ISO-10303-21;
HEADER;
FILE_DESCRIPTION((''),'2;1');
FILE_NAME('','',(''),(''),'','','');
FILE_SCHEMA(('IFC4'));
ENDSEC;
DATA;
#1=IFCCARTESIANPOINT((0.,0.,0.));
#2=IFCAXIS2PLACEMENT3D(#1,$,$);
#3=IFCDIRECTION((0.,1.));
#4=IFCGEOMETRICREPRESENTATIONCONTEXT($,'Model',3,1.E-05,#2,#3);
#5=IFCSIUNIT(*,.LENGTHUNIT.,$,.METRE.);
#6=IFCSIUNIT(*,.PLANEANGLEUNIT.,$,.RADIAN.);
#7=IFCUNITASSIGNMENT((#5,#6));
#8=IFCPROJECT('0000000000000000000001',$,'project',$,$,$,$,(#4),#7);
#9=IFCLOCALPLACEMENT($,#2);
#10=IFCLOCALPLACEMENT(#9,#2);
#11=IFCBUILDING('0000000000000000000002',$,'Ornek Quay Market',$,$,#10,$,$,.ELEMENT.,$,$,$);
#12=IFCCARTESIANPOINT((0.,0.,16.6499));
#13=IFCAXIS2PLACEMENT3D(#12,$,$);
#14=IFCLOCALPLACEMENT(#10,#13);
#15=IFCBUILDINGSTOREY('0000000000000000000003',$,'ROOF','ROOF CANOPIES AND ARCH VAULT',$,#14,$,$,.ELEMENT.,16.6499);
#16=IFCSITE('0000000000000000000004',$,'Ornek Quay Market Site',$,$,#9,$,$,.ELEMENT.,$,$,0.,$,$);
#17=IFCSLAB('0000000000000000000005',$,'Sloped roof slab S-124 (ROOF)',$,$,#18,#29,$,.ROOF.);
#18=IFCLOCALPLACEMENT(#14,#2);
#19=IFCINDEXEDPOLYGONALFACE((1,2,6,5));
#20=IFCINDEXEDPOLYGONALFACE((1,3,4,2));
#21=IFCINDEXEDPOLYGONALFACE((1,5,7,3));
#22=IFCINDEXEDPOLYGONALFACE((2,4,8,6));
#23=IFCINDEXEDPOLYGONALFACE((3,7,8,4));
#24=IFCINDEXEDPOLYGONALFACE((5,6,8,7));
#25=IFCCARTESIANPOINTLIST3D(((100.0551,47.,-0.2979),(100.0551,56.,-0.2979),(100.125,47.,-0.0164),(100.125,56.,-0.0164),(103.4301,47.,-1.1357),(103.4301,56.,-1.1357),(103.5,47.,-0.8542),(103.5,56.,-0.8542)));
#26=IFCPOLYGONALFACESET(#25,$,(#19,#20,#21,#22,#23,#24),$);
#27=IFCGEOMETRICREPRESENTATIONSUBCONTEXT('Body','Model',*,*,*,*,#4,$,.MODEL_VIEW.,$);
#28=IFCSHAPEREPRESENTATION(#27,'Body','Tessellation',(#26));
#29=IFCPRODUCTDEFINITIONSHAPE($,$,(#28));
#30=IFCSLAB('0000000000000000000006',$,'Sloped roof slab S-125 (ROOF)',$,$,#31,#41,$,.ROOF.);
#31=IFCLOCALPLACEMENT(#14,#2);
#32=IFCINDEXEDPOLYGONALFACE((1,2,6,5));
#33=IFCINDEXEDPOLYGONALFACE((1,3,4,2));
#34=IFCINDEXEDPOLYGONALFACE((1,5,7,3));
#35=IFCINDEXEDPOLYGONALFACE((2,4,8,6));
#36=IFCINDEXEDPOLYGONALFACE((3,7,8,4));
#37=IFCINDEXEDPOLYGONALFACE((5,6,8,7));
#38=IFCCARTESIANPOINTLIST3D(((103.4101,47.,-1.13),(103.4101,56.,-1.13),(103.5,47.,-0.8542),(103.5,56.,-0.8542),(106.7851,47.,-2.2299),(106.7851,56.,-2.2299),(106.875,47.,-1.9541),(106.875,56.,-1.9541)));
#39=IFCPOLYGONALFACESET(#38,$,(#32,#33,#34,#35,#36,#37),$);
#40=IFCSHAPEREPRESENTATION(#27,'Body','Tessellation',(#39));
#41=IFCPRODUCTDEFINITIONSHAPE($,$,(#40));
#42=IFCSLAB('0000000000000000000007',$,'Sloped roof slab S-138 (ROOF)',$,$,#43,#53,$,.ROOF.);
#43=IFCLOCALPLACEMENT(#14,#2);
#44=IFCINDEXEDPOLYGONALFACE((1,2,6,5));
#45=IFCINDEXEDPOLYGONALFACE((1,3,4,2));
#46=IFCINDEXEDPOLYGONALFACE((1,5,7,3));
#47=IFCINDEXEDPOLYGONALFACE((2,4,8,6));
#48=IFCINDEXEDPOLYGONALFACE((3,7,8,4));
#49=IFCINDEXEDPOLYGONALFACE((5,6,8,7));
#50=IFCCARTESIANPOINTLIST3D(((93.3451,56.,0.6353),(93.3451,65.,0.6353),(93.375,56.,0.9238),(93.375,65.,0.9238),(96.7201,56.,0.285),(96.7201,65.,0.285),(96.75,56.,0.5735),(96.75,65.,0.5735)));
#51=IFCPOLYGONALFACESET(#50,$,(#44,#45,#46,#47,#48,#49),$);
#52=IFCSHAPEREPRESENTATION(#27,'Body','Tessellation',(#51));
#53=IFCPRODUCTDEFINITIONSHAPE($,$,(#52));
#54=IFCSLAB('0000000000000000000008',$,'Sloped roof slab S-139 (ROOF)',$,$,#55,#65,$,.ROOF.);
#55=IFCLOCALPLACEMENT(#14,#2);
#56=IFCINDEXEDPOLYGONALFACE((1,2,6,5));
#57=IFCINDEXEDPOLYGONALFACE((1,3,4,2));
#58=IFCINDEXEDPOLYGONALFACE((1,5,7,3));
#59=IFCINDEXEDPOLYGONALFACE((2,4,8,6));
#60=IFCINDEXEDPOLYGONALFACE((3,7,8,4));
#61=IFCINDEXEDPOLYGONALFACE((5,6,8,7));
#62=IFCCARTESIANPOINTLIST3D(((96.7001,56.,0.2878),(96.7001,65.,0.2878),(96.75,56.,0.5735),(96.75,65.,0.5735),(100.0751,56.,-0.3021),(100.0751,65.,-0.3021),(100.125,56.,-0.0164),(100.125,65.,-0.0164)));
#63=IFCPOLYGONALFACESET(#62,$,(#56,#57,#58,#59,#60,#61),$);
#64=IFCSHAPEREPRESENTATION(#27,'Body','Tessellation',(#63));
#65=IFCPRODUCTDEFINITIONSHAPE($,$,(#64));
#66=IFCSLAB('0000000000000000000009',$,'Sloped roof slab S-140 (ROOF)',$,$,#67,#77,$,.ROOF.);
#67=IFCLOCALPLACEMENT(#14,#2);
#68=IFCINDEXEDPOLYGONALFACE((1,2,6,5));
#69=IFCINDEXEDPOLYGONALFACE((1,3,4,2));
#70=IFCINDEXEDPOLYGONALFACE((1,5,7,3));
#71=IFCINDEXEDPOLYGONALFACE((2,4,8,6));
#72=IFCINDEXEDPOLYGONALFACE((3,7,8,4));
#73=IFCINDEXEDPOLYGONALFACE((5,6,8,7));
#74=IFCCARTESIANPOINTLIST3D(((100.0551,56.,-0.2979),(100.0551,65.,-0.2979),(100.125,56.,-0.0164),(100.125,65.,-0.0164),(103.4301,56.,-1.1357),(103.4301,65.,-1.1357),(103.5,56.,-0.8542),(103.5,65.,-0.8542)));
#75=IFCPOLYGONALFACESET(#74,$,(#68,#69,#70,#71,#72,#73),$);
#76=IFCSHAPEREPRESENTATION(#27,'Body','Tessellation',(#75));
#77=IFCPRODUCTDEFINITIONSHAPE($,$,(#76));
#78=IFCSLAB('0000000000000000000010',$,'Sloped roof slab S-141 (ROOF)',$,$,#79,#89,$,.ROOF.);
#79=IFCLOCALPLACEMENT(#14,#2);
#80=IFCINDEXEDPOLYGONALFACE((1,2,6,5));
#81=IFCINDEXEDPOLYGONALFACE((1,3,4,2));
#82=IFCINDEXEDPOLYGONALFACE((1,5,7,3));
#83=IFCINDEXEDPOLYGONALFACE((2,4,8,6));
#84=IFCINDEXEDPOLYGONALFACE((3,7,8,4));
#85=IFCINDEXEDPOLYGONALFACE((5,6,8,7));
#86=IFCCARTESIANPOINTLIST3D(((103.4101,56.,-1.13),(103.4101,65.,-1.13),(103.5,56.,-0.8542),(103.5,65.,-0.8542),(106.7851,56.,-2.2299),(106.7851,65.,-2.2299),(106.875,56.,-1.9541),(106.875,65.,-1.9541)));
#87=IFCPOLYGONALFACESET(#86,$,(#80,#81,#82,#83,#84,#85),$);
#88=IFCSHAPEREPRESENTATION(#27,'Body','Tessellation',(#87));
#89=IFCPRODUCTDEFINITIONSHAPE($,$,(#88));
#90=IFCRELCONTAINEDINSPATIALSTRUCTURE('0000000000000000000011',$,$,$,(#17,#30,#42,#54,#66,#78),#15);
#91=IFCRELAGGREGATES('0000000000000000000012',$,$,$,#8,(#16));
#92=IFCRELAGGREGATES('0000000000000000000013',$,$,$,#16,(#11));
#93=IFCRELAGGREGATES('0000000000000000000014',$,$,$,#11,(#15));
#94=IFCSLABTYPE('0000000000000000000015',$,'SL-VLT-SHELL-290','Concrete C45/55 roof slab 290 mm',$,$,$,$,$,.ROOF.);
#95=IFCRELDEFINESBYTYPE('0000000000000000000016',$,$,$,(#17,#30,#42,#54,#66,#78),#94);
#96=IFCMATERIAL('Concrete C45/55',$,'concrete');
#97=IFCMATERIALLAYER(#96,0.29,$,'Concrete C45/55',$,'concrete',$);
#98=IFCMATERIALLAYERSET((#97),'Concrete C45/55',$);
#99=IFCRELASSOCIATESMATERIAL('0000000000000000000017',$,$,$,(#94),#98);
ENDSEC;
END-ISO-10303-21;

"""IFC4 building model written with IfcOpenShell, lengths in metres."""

from ifc_helpers import new_model, si_unit, direction, frame, origin, place, context, subcontext, project, spatial, polyline, outline, extrude, material, layer, layer_set, type_object, element, save


model = new_model("IFC4")

# Units and contexts
model_context = context("Model", 3, precision=1e-05, world=origin(), true_north=direction((0.0, 1.0)))
body_context = subcontext(model_context, "Body", "Model", "MODEL_VIEW")
ifc_project = project(units=[si_unit("LENGTHUNIT", "METRE"), si_unit("PLANEANGLEUNIT", "RADIAN")], contexts=[model_context])

# Site, building, storey
site_placement = place(None, origin())
site = spatial("IfcSite", under=ifc_project, at=site_placement, Name="Ornek Quay Market Site", CompositionType="ELEMENT", RefElevation=0.0)
building_placement = place(site_placement, origin())
building = spatial("IfcBuilding", under=site, at=building_placement, Name="Ornek Quay Market", CompositionType="ELEMENT")
storey_placement = place(building_placement, frame((0.0, 0.0, 16.6499)))
storey = spatial("IfcBuildingStorey", under=building, at=storey_placement, Name="ROOF", Description="ROOF CANOPIES AND ARCH VAULT", CompositionType="ELEMENT", Elevation=16.6499)

# Slabs
ifc_material_1 = material(Name="Concrete C45/55", Category="concrete")
ifc_layer = layer(ifc_material_1, 0.29, Name="Concrete C45/55", Category="concrete")
ifc_layer_set = layer_set([ifc_layer], Name="Concrete C45/55")
slab_type = type_object("IfcSlabType", Name="SL-VLT-SHELL-290", Description="Concrete C45/55 roof slab 290 mm", PredefinedType="ROOF", material=ifc_layer_set)
slab_1_placement = place(storey_placement, frame((100.125, 47.0, -0.0164), z_axis=(0.240949, 0.0, 0.970538), x_axis=(0.970538, 0.0, -0.240949)))
element("IfcSlab", 1, at=slab_1_placement, inside=storey, type_object=slab_type, Name="Sloped roof slab S-124 (ROOF)", PredefinedType="ROOF", context=body_context, shape_type="SweptSolid", body=[
    extrude(outline(polyline([(0.0, 0.0), (3.4775, 0.0), (3.4775, 9.0), (0.0, 9.0), (0.0, 0.0)])), origin(), (0.0, 0.0, -1.0), 0.29),
])
slab_2_placement = place(storey_placement, frame((103.5, 47.0, -0.8542), z_axis=(0.309845, 0.0, 0.950787), x_axis=(0.950787, 0.0, -0.309845)))
element("IfcSlab", 2, at=slab_2_placement, inside=storey, type_object=slab_type, Name="Sloped roof slab S-125 (ROOF)", PredefinedType="ROOF", context=body_context, shape_type="SweptSolid", body=[
    extrude(outline(polyline([(0.0, 0.0), (3.5497, 0.0), (3.5497, 9.0), (0.0, 9.0), (0.0, 0.0)])), origin(), (0.0, 0.0, -1.0), 0.29),
])
slab_3_placement = place(storey_placement, frame((93.375, 56.0, 0.9238), z_axis=(0.10325, 0.0, 0.994655), x_axis=(0.994655, 0.0, -0.10325)))
element("IfcSlab", 3, at=slab_3_placement, inside=storey, type_object=slab_type, Name="Sloped roof slab S-138 (ROOF)", PredefinedType="ROOF", context=body_context, shape_type="SweptSolid", body=[
    extrude(outline(polyline([(0.0, 0.0), (3.3931, 0.0), (3.3931, 9.0), (0.0, 9.0), (0.0, 0.0)])), origin(), (0.0, 0.0, -1.0), 0.29),
])
slab_4_placement = place(storey_placement, frame((96.75, 56.0, 0.5735), z_axis=(0.172159, 0.0, 0.985069), x_axis=(0.985069, 0.0, -0.172159)))
element("IfcSlab", 4, at=slab_4_placement, inside=storey, type_object=slab_type, Name="Sloped roof slab S-139 (ROOF)", PredefinedType="ROOF", context=body_context, shape_type="SweptSolid", body=[
    extrude(outline(polyline([(0.0, 0.0), (3.4262, 0.0), (3.4262, 9.0), (0.0, 9.0), (0.0, 0.0)])), origin(), (0.0, 0.0, -1.0), 0.29),
])
slab_5_placement = place(storey_placement, frame((100.125, 56.0, -0.0164), z_axis=(0.240949, 0.0, 0.970538), x_axis=(0.970538, 0.0, -0.240949)))
element("IfcSlab", 5, at=slab_5_placement, inside=storey, type_object=slab_type, Name="Sloped roof slab S-140 (ROOF)", PredefinedType="ROOF", context=body_context, shape_type="SweptSolid", body=[
    extrude(outline(polyline([(0.0, 0.0), (3.4775, 0.0), (3.4775, 9.0), (0.0, 9.0), (0.0, 0.0)])), origin(), (0.0, 0.0, -1.0), 0.29),
])
slab_6_placement = place(storey_placement, frame((103.5, 56.0, -0.8542), z_axis=(0.309845, 0.0, 0.950787), x_axis=(0.950787, 0.0, -0.309845)))
element("IfcSlab", 6, at=slab_6_placement, inside=storey, type_object=slab_type, Name="Sloped roof slab S-141 (ROOF)", PredefinedType="ROOF", context=body_context, shape_type="SweptSolid", body=[
    extrude(outline(polyline([(0.0, 0.0), (3.5497, 0.0), (3.5497, 9.0), (0.0, 9.0), (0.0, 0.0)])), origin(), (0.0, 0.0, -1.0), 0.29),
])

save(model, "model.ifc")
